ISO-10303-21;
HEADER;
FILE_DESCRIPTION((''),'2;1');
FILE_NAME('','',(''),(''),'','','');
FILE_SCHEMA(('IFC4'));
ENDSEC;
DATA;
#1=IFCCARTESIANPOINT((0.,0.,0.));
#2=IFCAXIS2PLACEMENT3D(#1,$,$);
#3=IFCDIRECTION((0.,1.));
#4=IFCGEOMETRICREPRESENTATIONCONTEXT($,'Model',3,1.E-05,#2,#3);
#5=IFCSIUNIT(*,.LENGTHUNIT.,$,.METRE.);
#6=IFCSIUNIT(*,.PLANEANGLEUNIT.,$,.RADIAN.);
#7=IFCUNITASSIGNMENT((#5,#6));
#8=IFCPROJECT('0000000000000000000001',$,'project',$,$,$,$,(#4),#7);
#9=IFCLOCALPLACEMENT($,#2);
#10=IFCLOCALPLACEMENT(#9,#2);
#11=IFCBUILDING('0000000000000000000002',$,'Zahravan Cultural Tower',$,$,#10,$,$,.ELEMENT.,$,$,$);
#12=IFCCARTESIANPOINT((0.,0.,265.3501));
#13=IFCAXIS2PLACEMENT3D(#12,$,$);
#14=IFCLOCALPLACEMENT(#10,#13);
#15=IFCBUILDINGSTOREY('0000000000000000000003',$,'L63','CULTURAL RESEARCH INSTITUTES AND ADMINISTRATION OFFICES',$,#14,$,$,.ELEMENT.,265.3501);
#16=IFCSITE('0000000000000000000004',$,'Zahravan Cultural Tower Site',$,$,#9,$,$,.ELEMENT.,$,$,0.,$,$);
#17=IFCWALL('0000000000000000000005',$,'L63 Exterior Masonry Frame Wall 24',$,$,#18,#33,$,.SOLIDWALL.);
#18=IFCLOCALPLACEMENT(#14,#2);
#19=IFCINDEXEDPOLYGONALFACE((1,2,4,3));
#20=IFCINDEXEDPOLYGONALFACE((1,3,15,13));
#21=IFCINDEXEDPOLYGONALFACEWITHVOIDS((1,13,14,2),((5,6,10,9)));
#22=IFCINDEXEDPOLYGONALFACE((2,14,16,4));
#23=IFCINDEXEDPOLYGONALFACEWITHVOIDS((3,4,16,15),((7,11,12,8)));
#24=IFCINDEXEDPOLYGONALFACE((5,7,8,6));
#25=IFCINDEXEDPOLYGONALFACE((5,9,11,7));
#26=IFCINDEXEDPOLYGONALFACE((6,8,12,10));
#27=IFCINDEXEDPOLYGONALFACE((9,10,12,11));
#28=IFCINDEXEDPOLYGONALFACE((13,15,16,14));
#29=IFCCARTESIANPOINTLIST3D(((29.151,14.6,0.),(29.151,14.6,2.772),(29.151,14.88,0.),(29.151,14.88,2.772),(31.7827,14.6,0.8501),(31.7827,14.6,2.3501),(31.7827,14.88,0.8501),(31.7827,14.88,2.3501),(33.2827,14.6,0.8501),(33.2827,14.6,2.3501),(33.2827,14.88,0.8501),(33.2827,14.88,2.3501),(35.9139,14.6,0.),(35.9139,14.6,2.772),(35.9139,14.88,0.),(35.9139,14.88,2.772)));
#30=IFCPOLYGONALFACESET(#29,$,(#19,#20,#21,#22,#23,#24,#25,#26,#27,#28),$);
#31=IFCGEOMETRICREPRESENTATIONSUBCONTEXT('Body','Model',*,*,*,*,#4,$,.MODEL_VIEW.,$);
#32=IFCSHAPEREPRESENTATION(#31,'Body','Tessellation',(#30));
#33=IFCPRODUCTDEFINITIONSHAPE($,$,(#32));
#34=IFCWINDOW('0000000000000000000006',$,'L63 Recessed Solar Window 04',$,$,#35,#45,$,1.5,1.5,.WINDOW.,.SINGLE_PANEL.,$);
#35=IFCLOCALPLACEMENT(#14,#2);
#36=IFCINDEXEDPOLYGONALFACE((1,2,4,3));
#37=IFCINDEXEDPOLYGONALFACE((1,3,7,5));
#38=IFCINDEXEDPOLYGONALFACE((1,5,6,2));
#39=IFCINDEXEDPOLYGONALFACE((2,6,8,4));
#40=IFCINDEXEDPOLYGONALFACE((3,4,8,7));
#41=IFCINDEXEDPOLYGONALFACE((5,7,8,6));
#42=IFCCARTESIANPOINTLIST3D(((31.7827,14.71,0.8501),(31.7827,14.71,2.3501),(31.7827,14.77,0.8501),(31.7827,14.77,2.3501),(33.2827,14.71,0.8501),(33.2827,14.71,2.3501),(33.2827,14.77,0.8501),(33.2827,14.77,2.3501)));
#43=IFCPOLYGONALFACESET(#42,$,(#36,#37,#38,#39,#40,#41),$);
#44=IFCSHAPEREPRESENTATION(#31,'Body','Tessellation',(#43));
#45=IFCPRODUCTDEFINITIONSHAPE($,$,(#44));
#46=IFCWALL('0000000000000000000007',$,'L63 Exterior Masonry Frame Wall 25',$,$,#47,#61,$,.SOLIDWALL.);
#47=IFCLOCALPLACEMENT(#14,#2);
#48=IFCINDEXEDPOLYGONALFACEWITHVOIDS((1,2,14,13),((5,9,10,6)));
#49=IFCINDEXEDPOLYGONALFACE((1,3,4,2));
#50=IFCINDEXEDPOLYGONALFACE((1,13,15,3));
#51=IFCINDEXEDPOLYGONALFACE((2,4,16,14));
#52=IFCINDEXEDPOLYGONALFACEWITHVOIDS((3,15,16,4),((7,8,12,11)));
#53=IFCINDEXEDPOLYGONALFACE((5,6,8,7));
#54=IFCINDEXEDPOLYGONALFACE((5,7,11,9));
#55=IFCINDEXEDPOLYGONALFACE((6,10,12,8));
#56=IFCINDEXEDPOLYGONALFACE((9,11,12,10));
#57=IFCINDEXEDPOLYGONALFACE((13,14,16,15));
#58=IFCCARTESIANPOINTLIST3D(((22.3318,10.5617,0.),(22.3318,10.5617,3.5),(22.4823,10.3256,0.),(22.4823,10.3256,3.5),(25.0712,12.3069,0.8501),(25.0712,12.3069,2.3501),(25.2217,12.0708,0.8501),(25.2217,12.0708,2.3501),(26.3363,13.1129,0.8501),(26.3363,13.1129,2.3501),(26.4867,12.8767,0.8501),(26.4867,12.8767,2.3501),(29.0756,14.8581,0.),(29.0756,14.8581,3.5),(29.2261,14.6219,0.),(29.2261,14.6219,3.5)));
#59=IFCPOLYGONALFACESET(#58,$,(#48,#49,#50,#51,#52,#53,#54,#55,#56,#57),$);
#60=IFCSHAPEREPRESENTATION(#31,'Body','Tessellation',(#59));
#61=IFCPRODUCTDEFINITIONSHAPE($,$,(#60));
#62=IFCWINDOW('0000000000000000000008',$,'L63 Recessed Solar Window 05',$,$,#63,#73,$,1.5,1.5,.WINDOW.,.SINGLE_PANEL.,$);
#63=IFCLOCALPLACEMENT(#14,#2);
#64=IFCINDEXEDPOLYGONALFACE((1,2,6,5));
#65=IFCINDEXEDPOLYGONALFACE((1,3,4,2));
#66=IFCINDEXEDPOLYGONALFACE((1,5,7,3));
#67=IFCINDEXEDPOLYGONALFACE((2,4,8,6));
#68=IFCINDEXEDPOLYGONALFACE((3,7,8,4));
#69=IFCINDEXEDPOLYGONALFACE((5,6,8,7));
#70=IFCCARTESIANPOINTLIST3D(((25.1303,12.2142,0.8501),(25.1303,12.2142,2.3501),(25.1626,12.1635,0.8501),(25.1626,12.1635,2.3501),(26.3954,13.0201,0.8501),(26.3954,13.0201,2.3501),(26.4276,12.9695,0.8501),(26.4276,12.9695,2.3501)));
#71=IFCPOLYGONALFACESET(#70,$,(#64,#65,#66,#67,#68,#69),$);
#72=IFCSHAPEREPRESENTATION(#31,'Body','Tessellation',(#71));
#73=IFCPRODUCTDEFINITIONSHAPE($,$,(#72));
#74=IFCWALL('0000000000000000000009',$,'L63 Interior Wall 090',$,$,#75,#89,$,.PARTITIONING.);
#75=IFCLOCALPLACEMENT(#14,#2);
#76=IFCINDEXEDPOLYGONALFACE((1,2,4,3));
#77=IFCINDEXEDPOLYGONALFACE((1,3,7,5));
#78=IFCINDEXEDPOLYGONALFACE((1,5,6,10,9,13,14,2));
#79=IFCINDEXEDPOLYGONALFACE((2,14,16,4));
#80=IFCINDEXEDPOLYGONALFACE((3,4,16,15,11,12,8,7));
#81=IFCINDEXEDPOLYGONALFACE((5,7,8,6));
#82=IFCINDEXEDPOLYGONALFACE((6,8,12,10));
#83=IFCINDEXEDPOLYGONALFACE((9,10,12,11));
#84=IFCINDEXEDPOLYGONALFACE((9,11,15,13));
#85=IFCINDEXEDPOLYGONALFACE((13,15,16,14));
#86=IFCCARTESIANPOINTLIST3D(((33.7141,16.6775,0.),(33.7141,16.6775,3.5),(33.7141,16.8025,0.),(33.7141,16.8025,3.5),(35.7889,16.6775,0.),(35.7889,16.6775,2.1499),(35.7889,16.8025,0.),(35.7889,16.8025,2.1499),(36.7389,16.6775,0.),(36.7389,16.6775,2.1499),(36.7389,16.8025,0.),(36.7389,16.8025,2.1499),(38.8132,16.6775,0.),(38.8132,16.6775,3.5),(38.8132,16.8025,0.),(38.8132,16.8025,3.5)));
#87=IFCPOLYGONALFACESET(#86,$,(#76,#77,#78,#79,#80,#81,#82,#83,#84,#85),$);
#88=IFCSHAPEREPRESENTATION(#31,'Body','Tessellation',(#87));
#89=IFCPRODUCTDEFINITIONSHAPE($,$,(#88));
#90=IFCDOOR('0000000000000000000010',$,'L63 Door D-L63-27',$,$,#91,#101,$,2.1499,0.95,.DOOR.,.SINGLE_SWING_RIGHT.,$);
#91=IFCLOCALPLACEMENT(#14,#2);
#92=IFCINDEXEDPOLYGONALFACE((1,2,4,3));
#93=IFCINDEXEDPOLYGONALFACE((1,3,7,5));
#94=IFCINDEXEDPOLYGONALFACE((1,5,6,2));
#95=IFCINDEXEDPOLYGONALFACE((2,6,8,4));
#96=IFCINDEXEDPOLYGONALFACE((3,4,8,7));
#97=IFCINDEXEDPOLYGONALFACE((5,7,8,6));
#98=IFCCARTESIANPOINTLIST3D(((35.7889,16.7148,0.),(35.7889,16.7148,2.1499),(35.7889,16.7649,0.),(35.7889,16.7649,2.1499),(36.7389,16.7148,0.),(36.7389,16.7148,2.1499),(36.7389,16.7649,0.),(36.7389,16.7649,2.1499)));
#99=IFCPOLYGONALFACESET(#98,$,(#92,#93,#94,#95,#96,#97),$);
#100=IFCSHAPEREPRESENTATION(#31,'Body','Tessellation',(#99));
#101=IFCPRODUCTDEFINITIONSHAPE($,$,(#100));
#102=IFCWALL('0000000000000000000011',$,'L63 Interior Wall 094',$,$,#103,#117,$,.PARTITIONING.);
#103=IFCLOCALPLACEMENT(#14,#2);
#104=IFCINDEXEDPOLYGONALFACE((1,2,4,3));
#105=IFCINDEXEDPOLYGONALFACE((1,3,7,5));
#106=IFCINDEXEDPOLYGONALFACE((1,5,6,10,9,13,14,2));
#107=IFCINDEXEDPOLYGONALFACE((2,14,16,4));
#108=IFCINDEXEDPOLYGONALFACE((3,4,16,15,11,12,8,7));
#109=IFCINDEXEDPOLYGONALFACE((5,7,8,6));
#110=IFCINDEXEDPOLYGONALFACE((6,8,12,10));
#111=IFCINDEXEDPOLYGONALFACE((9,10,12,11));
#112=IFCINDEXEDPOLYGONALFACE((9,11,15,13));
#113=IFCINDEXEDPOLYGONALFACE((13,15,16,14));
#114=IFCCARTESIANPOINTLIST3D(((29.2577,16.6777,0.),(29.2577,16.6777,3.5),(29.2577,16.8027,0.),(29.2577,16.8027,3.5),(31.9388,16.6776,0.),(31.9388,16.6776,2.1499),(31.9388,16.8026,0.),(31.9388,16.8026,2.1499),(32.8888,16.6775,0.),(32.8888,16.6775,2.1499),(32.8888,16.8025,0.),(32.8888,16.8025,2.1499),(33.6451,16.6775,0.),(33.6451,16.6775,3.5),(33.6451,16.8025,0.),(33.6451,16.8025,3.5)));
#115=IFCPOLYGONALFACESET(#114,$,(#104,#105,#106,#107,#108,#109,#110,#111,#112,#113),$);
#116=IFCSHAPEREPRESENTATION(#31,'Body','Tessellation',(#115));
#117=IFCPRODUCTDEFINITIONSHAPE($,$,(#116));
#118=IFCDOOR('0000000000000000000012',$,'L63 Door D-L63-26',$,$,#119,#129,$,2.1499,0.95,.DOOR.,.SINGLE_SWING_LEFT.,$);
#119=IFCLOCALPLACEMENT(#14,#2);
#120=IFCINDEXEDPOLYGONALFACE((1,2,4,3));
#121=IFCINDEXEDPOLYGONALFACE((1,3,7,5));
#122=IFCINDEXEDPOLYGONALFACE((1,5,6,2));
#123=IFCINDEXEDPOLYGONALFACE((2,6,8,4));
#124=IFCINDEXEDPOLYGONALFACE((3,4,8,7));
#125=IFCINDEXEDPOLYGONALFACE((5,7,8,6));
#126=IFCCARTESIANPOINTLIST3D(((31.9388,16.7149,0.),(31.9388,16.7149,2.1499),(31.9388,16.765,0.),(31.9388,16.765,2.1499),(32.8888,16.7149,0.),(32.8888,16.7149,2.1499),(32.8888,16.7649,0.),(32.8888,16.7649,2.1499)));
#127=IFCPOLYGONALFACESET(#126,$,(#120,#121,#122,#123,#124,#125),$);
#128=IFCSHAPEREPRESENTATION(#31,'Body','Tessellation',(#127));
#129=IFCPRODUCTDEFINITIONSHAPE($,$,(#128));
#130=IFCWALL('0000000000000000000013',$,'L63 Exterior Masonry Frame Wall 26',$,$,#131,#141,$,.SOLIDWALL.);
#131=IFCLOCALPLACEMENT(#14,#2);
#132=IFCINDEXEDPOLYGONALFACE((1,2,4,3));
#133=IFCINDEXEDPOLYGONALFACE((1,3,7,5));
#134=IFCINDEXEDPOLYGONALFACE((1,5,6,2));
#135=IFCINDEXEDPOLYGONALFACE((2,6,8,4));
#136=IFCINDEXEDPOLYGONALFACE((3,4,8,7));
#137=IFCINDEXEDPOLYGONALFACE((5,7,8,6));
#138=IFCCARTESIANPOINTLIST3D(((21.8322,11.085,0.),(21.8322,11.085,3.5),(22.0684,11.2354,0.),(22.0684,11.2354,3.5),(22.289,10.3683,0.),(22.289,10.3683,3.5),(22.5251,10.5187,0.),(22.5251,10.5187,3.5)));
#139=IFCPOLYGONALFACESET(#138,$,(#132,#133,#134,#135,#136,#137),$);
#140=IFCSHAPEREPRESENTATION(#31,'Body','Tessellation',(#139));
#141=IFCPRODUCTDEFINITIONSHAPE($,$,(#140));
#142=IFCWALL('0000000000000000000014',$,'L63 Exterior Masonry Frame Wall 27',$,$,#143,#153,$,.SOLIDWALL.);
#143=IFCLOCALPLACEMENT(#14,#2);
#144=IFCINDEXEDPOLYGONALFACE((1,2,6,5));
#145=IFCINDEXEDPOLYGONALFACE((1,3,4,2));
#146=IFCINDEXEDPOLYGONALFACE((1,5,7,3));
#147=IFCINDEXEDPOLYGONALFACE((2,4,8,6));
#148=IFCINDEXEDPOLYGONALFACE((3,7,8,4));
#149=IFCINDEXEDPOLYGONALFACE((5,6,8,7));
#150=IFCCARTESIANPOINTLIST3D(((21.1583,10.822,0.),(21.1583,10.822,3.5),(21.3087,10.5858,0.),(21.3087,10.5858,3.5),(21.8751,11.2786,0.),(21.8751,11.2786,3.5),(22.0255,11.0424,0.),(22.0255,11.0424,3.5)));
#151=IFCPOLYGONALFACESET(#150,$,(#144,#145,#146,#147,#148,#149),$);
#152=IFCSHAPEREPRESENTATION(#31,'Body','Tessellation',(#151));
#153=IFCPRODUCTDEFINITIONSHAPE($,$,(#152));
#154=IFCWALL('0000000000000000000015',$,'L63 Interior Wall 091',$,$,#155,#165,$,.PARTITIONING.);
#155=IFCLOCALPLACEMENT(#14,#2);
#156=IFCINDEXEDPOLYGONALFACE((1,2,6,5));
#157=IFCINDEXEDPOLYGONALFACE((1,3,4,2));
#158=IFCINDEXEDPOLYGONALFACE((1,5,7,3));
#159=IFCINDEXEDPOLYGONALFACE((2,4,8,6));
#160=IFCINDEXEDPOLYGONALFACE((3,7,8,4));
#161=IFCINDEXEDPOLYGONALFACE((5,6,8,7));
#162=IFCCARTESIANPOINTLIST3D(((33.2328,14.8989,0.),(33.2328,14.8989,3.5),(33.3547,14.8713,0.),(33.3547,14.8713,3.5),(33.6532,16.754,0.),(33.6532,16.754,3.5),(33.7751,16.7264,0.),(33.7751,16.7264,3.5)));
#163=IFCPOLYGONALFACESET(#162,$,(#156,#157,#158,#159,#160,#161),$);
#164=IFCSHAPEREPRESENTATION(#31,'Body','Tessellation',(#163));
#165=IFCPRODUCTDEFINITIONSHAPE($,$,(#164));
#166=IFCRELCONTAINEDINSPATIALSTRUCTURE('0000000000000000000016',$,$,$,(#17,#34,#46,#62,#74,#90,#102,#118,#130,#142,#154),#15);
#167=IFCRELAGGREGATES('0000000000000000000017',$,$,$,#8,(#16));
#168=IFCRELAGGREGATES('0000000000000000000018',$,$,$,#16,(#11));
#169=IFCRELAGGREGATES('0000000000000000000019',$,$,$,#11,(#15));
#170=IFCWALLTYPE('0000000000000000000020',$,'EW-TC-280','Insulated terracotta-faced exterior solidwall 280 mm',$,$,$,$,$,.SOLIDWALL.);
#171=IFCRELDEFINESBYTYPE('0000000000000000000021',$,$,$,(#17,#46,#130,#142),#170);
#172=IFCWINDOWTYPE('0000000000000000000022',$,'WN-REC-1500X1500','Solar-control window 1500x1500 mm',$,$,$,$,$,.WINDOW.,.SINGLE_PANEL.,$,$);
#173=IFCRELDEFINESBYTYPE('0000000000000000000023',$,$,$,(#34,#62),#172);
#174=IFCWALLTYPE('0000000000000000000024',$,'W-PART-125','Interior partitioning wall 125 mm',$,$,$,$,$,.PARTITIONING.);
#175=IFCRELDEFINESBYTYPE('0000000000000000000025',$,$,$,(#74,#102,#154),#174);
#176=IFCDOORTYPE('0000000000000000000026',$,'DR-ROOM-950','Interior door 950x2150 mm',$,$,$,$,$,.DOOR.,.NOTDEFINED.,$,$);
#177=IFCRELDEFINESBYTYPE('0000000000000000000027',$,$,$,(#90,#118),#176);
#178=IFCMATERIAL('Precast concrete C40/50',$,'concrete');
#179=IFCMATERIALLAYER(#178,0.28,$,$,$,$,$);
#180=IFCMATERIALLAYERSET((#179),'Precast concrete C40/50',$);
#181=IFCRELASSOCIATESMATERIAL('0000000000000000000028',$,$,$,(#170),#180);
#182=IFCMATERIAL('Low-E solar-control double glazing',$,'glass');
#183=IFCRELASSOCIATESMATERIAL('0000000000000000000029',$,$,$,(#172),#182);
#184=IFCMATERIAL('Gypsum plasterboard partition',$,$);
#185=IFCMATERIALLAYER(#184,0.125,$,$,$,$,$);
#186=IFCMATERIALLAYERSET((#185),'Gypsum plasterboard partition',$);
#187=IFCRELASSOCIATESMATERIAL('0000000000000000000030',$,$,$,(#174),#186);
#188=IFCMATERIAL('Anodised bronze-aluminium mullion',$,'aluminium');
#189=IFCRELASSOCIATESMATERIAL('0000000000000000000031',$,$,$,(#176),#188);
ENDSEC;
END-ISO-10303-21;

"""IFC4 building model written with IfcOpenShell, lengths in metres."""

from ifc_helpers import new_model, si_unit, direction, frame, frame_2d, origin, place, context, subcontext, project, spatial, rectangle, extrude, source, transform, mapped, material, layer, layer_set, type_object, element, fill, save


model = new_model("IFC4")

# Units and contexts
model_context = context("Model", 3, precision=1e-05, world=origin(), true_north=direction((0.0, 1.0)))
body_context = subcontext(model_context, "Body", "Model", "MODEL_VIEW")
ifc_project = project(units=[si_unit("LENGTHUNIT", "METRE"), si_unit("PLANEANGLEUNIT", "RADIAN")], contexts=[model_context])

# Site, building, storey
site_placement = place(None, origin())
site = spatial("IfcSite", under=ifc_project, at=site_placement, Name="Zahravan Cultural Tower Site", CompositionType="ELEMENT", RefElevation=0.0)
building_placement = place(site_placement, origin())
building = spatial("IfcBuilding", under=site, at=building_placement, Name="Zahravan Cultural Tower", CompositionType="ELEMENT")
storey_placement = place(building_placement, frame((0.0, 0.0, 265.3501)))
storey = spatial("IfcBuildingStorey", under=building, at=storey_placement, Name="L63", Description="CULTURAL RESEARCH INSTITUTES AND ADMINISTRATION OFFICES", CompositionType="ELEMENT", Elevation=265.3501)

# Walls, openings, windows
ifc_material_1 = material(Name="Precast concrete C40/50", Category="concrete")
ifc_layer_1 = layer(ifc_material_1, 0.28)
ifc_layer_set_1 = layer_set([ifc_layer_1], Name="Precast concrete C40/50")
wall_type_1 = type_object("IfcWallType", Name="EW-TC-280", Description="Insulated terracotta-faced exterior solidwall 280 mm", PredefinedType="SOLIDWALL", material=ifc_layer_set_1)
wall_1_placement = place(storey_placement, frame((35.9138, 14.74, 0.0), z_axis=(0.0, 0.0, 1.0), x_axis=(-1.0, 0.0, 0.0)))
wall_1 = element("IfcWall", 1, at=wall_1_placement, inside=storey, type_object=wall_type_1, Name="L63 Exterior Masonry Frame Wall 24", PredefinedType="SOLIDWALL", context=body_context, shape_type="SweptSolid", body=[
    extrude(rectangle(XDim=6.7629, YDim=0.28, at=frame_2d((3.3813, 0.0))), origin(), (0.0, 0.0, 1.0), 2.772),
])
opening_1_placement = place(wall_1_placement, frame((2.6311, 0.0, 0.8501)))
opening_1 = element("IfcOpeningElement", 2, at=opening_1_placement, cuts=wall_1, PredefinedType="OPENING", context=body_context, shape_type="SweptSolid", body=[
    extrude(rectangle(XDim=1.5, YDim=1.5, at=frame_2d((0.75, 0.75))), frame((0.0, 0.1499, 0.0), z_axis=(0.0, -1.0, 0.0), x_axis=(1.0, 0.0, 0.0)), (0.0, 0.0, 1.0), 0.3),
])
ifc_material_2 = material(Name="Low-E solar-control double glazing", Category="glass")
window_type = type_object("IfcWindowType", Name="WN-REC-1500X1500", Description="Solar-control window 1500x1500 mm", PartitioningType="SINGLE_PANEL", PredefinedType="WINDOW", material=ifc_material_2)
shared_shape_1 = source(origin(), body_context, "Body", "SweptSolid", [
    extrude(rectangle(XDim=1.5, YDim=1.5, at=frame_2d((0.75, 0.75))), frame((0.0, 0.03, 0.0), z_axis=(0.0, -1.0, 0.0), x_axis=(1.0, 0.0, 0.0)), (0.0, 0.0, 1.0), 0.0601),
])
window_1_placement = place(opening_1_placement, origin())
window_1 = element("IfcWindow", 3, at=window_1_placement, inside=storey, type_object=window_type, Name="L63 Recessed Solar Window 04", OverallHeight=1.5, OverallWidth=1.5, PartitioningType="SINGLE_PANEL", PredefinedType="WINDOW", context=body_context, shape_type="MappedRepresentation", body=[
    mapped(shared_shape_1, transform((0.0, 0.0, 0.0), x_axis=(1.0, 0.0, 0.0), y_axis=(0.0, 1.0, 0.0), z_axis=(0.0, 0.0, 1.0), scale=1.0)),
])
fill(opening_1, window_1)
wall_2_placement = place(storey_placement, frame((29.1509, 14.74, 0.0), z_axis=(0.0, 0.0, 1.0), x_axis=(-0.843389, -0.537304, 0.0)))
wall_2 = element("IfcWall", 4, at=wall_2_placement, inside=storey, type_object=wall_type_1, Name="L63 Exterior Masonry Frame Wall 25", PredefinedType="SOLIDWALL", context=body_context, shape_type="SweptSolid", body=[
    extrude(rectangle(XDim=7.9961, YDim=0.28, at=frame_2d((3.998, 0.0))), origin(), (0.0, 0.0, 1.0), 3.5),
])
opening_2_placement = place(wall_2_placement, frame((3.248, 0.0, 0.8501)))
opening_2 = element("IfcOpeningElement", 5, at=opening_2_placement, cuts=wall_2, PredefinedType="OPENING", context=body_context, shape_type="SweptSolid", body=[
    extrude(rectangle(XDim=1.5, YDim=1.5, at=frame_2d((0.75, 0.75))), frame((0.0, 0.1499, 0.0), z_axis=(0.0, -1.0, 0.0), x_axis=(1.0, 0.0, 0.0)), (0.0, 0.0, 1.0), 0.3),
])
window_2_placement = place(opening_2_placement, origin())
window_2 = element("IfcWindow", 6, at=window_2_placement, inside=storey, type_object=window_type, Name="L63 Recessed Solar Window 05", OverallHeight=1.5, OverallWidth=1.5, PartitioningType="SINGLE_PANEL", PredefinedType="WINDOW", context=body_context, shape_type="MappedRepresentation", body=[
    mapped(shared_shape_1, transform((0.0, 0.0, 0.0), x_axis=(1.0, 0.0, 0.0), y_axis=(0.0, 1.0, 0.0), z_axis=(0.0, 0.0, 1.0), scale=1.0)),
])
fill(opening_2, window_2)

# Walls, openings, doors
ifc_material_3 = material(Name="Gypsum plasterboard partition")
ifc_layer_2 = layer(ifc_material_3, 0.125)
ifc_layer_set_2 = layer_set([ifc_layer_2], Name="Gypsum plasterboard partition")
wall_type_2 = type_object("IfcWallType", Name="W-PART-125", Description="Interior partitioning wall 125 mm", PredefinedType="PARTITIONING", material=ifc_layer_set_2)
wall_3_placement = place(storey_placement, frame((33.7141, 16.74, 0.0), z_axis=(0.0, 0.0, 1.0), x_axis=(1.0, 0.0, 0.0)))
wall_3 = element("IfcWall", 7, at=wall_3_placement, inside=storey, type_object=wall_type_2, Name="L63 Interior Wall 090", PredefinedType="PARTITIONING", context=body_context, shape_type="SweptSolid", body=[
    extrude(rectangle(XDim=5.0991, YDim=0.125, at=frame_2d((2.5496, 0.0))), origin(), (0.0, 0.0, 1.0), 3.5),
])
opening_3_placement = place(wall_3_placement, frame((2.0747, 0.0, 0.0)))
opening_3 = element("IfcOpeningElement", 8, at=opening_3_placement, cuts=wall_3, PredefinedType="OPENING", context=body_context, shape_type="SweptSolid", body=[
    extrude(rectangle(XDim=0.95, YDim=2.1499, at=frame_2d((0.4751, 1.075))), frame((0.0, 0.0725, 0.0), z_axis=(0.0, -1.0, 0.0), x_axis=(1.0, 0.0, 0.0)), (0.0, 0.0, 1.0), 0.145),
])
ifc_material_4 = material(Name="Anodised bronze-aluminium mullion", Category="aluminium")
door_type = type_object("IfcDoorType", Name="DR-ROOM-950", Description="Interior door 950x2150 mm", OperationType="NOTDEFINED", PredefinedType="DOOR", material=ifc_material_4)
shared_shape_2 = source(origin(), body_context, "Body", "SweptSolid", [
    extrude(rectangle(XDim=0.95, YDim=2.1499, at=frame_2d((0.4751, 1.075))), frame((0.0, 0.0249, 0.0), z_axis=(0.0, -1.0, 0.0), x_axis=(1.0, 0.0, 0.0)), (0.0, 0.0, 1.0), 0.05),
])
door_1_placement = place(opening_3_placement, origin())
door_1 = element("IfcDoor", 9, at=door_1_placement, inside=storey, type_object=door_type, Name="L63 Door D-L63-27", OperationType="SINGLE_SWING_RIGHT", OverallHeight=2.1499, OverallWidth=0.95, PredefinedType="DOOR", context=body_context, shape_type="MappedRepresentation", body=[
    mapped(shared_shape_2, transform((0.0, 0.0, 0.0), x_axis=(1.0, 0.0, 0.0), y_axis=(0.0, 1.0, 0.0), z_axis=(0.0, 0.0, 1.0), scale=1.0)),
])
fill(opening_3, door_1)
wall_4_placement = place(storey_placement, frame((29.2576, 16.7402, 0.0), z_axis=(0.0, 0.0, 1.0), x_axis=(1.0, -0.000056, 0.0)))
wall_4 = element("IfcWall", 10, at=wall_4_placement, inside=storey, type_object=wall_type_2, Name="L63 Interior Wall 094", PredefinedType="PARTITIONING", context=body_context, shape_type="SweptSolid", body=[
    extrude(rectangle(XDim=4.3875, YDim=0.125, at=frame_2d((2.1938, 0.0))), origin(), (0.0, 0.0, 1.0), 3.5),
])
opening_4_placement = place(wall_4_placement, frame((2.6812, 0.0, 0.0)))
opening_4 = element("IfcOpeningElement", 11, at=opening_4_placement, cuts=wall_4, PredefinedType="OPENING", context=body_context, shape_type="SweptSolid", body=[
    extrude(rectangle(XDim=0.95, YDim=2.1499, at=frame_2d((0.4751, 1.075))), frame((0.0, 0.0725, 0.0), z_axis=(0.0, -1.0, 0.0), x_axis=(1.0, 0.0, 0.0)), (0.0, 0.0, 1.0), 0.145),
])
door_2_placement = place(opening_4_placement, origin())
door_2 = element("IfcDoor", 12, at=door_2_placement, inside=storey, type_object=door_type, Name="L63 Door D-L63-26", OperationType="SINGLE_SWING_LEFT", OverallHeight=2.1499, OverallWidth=0.95, PredefinedType="DOOR", context=body_context, shape_type="MappedRepresentation", body=[
    mapped(shared_shape_2, transform((0.0, 0.0, 0.0), x_axis=(1.0, 0.0, 0.0), y_axis=(0.0, 1.0, 0.0), z_axis=(0.0, 0.0, 1.0), scale=1.0)),
])
fill(opening_4, door_2)

# Walls
shared_shape_3 = source(origin(), body_context, "Body", "SweptSolid", [
    extrude(rectangle(XDim=0.8499, YDim=0.28, at=frame_2d((0.4248, 0.0))), origin(), (0.0, 0.0, 1.0), 3.5),
])
for number, where, z_axis, x_axis, name in (
    (13, (22.407, 10.4436, 0.0), (0.0, 0.0, 1.0), (-0.537414, 0.843318, 0.0), "L63 Exterior Masonry Frame Wall 26"),
    (14, (21.9502, 11.1604, 0.0), (0.0, 0.0, 1.0), (-0.843448, -0.53721, 0.0), "L63 Exterior Masonry Frame Wall 27"),
):
    element("IfcWall", number, at=place(storey_placement, frame(where, z_axis=z_axis, x_axis=x_axis)), inside=storey, type_object=wall_type_1, Name=name, PredefinedType="SOLIDWALL", context=body_context, shape_type="MappedRepresentation", body=[
        mapped(shared_shape_3, transform((0.0, 0.0, 0.0), x_axis=(1.0, 0.0, 0.0), y_axis=(0.0, 1.0, 0.0), z_axis=(0.0, 0.0, 1.0), scale=1.0)),
    ])
shared_shape_4 = source(origin(), body_context, "Body", "SweptSolid", [
    extrude(rectangle(XDim=1.9021, YDim=0.125, at=frame_2d((0.9512, 0.0))), origin(), (0.0, 0.0, 1.0), 3.5),
])
wall_5_placement = place(storey_placement, frame((33.2937, 14.885, 0.0), z_axis=(0.0, 0.0, 1.0), x_axis=(0.221033, 0.975266, 0.0)))
element("IfcWall", 15, at=wall_5_placement, inside=storey, type_object=wall_type_2, Name="L63 Interior Wall 091", PredefinedType="PARTITIONING", context=body_context, shape_type="MappedRepresentation", body=[
    mapped(shared_shape_4, transform((0.0, 0.0, 0.0), x_axis=(1.0, 0.0, 0.0), y_axis=(0.0, 1.0, 0.0), z_axis=(0.0, 0.0, 1.0), scale=1.0)),
])

save(model, "model.ifc")
